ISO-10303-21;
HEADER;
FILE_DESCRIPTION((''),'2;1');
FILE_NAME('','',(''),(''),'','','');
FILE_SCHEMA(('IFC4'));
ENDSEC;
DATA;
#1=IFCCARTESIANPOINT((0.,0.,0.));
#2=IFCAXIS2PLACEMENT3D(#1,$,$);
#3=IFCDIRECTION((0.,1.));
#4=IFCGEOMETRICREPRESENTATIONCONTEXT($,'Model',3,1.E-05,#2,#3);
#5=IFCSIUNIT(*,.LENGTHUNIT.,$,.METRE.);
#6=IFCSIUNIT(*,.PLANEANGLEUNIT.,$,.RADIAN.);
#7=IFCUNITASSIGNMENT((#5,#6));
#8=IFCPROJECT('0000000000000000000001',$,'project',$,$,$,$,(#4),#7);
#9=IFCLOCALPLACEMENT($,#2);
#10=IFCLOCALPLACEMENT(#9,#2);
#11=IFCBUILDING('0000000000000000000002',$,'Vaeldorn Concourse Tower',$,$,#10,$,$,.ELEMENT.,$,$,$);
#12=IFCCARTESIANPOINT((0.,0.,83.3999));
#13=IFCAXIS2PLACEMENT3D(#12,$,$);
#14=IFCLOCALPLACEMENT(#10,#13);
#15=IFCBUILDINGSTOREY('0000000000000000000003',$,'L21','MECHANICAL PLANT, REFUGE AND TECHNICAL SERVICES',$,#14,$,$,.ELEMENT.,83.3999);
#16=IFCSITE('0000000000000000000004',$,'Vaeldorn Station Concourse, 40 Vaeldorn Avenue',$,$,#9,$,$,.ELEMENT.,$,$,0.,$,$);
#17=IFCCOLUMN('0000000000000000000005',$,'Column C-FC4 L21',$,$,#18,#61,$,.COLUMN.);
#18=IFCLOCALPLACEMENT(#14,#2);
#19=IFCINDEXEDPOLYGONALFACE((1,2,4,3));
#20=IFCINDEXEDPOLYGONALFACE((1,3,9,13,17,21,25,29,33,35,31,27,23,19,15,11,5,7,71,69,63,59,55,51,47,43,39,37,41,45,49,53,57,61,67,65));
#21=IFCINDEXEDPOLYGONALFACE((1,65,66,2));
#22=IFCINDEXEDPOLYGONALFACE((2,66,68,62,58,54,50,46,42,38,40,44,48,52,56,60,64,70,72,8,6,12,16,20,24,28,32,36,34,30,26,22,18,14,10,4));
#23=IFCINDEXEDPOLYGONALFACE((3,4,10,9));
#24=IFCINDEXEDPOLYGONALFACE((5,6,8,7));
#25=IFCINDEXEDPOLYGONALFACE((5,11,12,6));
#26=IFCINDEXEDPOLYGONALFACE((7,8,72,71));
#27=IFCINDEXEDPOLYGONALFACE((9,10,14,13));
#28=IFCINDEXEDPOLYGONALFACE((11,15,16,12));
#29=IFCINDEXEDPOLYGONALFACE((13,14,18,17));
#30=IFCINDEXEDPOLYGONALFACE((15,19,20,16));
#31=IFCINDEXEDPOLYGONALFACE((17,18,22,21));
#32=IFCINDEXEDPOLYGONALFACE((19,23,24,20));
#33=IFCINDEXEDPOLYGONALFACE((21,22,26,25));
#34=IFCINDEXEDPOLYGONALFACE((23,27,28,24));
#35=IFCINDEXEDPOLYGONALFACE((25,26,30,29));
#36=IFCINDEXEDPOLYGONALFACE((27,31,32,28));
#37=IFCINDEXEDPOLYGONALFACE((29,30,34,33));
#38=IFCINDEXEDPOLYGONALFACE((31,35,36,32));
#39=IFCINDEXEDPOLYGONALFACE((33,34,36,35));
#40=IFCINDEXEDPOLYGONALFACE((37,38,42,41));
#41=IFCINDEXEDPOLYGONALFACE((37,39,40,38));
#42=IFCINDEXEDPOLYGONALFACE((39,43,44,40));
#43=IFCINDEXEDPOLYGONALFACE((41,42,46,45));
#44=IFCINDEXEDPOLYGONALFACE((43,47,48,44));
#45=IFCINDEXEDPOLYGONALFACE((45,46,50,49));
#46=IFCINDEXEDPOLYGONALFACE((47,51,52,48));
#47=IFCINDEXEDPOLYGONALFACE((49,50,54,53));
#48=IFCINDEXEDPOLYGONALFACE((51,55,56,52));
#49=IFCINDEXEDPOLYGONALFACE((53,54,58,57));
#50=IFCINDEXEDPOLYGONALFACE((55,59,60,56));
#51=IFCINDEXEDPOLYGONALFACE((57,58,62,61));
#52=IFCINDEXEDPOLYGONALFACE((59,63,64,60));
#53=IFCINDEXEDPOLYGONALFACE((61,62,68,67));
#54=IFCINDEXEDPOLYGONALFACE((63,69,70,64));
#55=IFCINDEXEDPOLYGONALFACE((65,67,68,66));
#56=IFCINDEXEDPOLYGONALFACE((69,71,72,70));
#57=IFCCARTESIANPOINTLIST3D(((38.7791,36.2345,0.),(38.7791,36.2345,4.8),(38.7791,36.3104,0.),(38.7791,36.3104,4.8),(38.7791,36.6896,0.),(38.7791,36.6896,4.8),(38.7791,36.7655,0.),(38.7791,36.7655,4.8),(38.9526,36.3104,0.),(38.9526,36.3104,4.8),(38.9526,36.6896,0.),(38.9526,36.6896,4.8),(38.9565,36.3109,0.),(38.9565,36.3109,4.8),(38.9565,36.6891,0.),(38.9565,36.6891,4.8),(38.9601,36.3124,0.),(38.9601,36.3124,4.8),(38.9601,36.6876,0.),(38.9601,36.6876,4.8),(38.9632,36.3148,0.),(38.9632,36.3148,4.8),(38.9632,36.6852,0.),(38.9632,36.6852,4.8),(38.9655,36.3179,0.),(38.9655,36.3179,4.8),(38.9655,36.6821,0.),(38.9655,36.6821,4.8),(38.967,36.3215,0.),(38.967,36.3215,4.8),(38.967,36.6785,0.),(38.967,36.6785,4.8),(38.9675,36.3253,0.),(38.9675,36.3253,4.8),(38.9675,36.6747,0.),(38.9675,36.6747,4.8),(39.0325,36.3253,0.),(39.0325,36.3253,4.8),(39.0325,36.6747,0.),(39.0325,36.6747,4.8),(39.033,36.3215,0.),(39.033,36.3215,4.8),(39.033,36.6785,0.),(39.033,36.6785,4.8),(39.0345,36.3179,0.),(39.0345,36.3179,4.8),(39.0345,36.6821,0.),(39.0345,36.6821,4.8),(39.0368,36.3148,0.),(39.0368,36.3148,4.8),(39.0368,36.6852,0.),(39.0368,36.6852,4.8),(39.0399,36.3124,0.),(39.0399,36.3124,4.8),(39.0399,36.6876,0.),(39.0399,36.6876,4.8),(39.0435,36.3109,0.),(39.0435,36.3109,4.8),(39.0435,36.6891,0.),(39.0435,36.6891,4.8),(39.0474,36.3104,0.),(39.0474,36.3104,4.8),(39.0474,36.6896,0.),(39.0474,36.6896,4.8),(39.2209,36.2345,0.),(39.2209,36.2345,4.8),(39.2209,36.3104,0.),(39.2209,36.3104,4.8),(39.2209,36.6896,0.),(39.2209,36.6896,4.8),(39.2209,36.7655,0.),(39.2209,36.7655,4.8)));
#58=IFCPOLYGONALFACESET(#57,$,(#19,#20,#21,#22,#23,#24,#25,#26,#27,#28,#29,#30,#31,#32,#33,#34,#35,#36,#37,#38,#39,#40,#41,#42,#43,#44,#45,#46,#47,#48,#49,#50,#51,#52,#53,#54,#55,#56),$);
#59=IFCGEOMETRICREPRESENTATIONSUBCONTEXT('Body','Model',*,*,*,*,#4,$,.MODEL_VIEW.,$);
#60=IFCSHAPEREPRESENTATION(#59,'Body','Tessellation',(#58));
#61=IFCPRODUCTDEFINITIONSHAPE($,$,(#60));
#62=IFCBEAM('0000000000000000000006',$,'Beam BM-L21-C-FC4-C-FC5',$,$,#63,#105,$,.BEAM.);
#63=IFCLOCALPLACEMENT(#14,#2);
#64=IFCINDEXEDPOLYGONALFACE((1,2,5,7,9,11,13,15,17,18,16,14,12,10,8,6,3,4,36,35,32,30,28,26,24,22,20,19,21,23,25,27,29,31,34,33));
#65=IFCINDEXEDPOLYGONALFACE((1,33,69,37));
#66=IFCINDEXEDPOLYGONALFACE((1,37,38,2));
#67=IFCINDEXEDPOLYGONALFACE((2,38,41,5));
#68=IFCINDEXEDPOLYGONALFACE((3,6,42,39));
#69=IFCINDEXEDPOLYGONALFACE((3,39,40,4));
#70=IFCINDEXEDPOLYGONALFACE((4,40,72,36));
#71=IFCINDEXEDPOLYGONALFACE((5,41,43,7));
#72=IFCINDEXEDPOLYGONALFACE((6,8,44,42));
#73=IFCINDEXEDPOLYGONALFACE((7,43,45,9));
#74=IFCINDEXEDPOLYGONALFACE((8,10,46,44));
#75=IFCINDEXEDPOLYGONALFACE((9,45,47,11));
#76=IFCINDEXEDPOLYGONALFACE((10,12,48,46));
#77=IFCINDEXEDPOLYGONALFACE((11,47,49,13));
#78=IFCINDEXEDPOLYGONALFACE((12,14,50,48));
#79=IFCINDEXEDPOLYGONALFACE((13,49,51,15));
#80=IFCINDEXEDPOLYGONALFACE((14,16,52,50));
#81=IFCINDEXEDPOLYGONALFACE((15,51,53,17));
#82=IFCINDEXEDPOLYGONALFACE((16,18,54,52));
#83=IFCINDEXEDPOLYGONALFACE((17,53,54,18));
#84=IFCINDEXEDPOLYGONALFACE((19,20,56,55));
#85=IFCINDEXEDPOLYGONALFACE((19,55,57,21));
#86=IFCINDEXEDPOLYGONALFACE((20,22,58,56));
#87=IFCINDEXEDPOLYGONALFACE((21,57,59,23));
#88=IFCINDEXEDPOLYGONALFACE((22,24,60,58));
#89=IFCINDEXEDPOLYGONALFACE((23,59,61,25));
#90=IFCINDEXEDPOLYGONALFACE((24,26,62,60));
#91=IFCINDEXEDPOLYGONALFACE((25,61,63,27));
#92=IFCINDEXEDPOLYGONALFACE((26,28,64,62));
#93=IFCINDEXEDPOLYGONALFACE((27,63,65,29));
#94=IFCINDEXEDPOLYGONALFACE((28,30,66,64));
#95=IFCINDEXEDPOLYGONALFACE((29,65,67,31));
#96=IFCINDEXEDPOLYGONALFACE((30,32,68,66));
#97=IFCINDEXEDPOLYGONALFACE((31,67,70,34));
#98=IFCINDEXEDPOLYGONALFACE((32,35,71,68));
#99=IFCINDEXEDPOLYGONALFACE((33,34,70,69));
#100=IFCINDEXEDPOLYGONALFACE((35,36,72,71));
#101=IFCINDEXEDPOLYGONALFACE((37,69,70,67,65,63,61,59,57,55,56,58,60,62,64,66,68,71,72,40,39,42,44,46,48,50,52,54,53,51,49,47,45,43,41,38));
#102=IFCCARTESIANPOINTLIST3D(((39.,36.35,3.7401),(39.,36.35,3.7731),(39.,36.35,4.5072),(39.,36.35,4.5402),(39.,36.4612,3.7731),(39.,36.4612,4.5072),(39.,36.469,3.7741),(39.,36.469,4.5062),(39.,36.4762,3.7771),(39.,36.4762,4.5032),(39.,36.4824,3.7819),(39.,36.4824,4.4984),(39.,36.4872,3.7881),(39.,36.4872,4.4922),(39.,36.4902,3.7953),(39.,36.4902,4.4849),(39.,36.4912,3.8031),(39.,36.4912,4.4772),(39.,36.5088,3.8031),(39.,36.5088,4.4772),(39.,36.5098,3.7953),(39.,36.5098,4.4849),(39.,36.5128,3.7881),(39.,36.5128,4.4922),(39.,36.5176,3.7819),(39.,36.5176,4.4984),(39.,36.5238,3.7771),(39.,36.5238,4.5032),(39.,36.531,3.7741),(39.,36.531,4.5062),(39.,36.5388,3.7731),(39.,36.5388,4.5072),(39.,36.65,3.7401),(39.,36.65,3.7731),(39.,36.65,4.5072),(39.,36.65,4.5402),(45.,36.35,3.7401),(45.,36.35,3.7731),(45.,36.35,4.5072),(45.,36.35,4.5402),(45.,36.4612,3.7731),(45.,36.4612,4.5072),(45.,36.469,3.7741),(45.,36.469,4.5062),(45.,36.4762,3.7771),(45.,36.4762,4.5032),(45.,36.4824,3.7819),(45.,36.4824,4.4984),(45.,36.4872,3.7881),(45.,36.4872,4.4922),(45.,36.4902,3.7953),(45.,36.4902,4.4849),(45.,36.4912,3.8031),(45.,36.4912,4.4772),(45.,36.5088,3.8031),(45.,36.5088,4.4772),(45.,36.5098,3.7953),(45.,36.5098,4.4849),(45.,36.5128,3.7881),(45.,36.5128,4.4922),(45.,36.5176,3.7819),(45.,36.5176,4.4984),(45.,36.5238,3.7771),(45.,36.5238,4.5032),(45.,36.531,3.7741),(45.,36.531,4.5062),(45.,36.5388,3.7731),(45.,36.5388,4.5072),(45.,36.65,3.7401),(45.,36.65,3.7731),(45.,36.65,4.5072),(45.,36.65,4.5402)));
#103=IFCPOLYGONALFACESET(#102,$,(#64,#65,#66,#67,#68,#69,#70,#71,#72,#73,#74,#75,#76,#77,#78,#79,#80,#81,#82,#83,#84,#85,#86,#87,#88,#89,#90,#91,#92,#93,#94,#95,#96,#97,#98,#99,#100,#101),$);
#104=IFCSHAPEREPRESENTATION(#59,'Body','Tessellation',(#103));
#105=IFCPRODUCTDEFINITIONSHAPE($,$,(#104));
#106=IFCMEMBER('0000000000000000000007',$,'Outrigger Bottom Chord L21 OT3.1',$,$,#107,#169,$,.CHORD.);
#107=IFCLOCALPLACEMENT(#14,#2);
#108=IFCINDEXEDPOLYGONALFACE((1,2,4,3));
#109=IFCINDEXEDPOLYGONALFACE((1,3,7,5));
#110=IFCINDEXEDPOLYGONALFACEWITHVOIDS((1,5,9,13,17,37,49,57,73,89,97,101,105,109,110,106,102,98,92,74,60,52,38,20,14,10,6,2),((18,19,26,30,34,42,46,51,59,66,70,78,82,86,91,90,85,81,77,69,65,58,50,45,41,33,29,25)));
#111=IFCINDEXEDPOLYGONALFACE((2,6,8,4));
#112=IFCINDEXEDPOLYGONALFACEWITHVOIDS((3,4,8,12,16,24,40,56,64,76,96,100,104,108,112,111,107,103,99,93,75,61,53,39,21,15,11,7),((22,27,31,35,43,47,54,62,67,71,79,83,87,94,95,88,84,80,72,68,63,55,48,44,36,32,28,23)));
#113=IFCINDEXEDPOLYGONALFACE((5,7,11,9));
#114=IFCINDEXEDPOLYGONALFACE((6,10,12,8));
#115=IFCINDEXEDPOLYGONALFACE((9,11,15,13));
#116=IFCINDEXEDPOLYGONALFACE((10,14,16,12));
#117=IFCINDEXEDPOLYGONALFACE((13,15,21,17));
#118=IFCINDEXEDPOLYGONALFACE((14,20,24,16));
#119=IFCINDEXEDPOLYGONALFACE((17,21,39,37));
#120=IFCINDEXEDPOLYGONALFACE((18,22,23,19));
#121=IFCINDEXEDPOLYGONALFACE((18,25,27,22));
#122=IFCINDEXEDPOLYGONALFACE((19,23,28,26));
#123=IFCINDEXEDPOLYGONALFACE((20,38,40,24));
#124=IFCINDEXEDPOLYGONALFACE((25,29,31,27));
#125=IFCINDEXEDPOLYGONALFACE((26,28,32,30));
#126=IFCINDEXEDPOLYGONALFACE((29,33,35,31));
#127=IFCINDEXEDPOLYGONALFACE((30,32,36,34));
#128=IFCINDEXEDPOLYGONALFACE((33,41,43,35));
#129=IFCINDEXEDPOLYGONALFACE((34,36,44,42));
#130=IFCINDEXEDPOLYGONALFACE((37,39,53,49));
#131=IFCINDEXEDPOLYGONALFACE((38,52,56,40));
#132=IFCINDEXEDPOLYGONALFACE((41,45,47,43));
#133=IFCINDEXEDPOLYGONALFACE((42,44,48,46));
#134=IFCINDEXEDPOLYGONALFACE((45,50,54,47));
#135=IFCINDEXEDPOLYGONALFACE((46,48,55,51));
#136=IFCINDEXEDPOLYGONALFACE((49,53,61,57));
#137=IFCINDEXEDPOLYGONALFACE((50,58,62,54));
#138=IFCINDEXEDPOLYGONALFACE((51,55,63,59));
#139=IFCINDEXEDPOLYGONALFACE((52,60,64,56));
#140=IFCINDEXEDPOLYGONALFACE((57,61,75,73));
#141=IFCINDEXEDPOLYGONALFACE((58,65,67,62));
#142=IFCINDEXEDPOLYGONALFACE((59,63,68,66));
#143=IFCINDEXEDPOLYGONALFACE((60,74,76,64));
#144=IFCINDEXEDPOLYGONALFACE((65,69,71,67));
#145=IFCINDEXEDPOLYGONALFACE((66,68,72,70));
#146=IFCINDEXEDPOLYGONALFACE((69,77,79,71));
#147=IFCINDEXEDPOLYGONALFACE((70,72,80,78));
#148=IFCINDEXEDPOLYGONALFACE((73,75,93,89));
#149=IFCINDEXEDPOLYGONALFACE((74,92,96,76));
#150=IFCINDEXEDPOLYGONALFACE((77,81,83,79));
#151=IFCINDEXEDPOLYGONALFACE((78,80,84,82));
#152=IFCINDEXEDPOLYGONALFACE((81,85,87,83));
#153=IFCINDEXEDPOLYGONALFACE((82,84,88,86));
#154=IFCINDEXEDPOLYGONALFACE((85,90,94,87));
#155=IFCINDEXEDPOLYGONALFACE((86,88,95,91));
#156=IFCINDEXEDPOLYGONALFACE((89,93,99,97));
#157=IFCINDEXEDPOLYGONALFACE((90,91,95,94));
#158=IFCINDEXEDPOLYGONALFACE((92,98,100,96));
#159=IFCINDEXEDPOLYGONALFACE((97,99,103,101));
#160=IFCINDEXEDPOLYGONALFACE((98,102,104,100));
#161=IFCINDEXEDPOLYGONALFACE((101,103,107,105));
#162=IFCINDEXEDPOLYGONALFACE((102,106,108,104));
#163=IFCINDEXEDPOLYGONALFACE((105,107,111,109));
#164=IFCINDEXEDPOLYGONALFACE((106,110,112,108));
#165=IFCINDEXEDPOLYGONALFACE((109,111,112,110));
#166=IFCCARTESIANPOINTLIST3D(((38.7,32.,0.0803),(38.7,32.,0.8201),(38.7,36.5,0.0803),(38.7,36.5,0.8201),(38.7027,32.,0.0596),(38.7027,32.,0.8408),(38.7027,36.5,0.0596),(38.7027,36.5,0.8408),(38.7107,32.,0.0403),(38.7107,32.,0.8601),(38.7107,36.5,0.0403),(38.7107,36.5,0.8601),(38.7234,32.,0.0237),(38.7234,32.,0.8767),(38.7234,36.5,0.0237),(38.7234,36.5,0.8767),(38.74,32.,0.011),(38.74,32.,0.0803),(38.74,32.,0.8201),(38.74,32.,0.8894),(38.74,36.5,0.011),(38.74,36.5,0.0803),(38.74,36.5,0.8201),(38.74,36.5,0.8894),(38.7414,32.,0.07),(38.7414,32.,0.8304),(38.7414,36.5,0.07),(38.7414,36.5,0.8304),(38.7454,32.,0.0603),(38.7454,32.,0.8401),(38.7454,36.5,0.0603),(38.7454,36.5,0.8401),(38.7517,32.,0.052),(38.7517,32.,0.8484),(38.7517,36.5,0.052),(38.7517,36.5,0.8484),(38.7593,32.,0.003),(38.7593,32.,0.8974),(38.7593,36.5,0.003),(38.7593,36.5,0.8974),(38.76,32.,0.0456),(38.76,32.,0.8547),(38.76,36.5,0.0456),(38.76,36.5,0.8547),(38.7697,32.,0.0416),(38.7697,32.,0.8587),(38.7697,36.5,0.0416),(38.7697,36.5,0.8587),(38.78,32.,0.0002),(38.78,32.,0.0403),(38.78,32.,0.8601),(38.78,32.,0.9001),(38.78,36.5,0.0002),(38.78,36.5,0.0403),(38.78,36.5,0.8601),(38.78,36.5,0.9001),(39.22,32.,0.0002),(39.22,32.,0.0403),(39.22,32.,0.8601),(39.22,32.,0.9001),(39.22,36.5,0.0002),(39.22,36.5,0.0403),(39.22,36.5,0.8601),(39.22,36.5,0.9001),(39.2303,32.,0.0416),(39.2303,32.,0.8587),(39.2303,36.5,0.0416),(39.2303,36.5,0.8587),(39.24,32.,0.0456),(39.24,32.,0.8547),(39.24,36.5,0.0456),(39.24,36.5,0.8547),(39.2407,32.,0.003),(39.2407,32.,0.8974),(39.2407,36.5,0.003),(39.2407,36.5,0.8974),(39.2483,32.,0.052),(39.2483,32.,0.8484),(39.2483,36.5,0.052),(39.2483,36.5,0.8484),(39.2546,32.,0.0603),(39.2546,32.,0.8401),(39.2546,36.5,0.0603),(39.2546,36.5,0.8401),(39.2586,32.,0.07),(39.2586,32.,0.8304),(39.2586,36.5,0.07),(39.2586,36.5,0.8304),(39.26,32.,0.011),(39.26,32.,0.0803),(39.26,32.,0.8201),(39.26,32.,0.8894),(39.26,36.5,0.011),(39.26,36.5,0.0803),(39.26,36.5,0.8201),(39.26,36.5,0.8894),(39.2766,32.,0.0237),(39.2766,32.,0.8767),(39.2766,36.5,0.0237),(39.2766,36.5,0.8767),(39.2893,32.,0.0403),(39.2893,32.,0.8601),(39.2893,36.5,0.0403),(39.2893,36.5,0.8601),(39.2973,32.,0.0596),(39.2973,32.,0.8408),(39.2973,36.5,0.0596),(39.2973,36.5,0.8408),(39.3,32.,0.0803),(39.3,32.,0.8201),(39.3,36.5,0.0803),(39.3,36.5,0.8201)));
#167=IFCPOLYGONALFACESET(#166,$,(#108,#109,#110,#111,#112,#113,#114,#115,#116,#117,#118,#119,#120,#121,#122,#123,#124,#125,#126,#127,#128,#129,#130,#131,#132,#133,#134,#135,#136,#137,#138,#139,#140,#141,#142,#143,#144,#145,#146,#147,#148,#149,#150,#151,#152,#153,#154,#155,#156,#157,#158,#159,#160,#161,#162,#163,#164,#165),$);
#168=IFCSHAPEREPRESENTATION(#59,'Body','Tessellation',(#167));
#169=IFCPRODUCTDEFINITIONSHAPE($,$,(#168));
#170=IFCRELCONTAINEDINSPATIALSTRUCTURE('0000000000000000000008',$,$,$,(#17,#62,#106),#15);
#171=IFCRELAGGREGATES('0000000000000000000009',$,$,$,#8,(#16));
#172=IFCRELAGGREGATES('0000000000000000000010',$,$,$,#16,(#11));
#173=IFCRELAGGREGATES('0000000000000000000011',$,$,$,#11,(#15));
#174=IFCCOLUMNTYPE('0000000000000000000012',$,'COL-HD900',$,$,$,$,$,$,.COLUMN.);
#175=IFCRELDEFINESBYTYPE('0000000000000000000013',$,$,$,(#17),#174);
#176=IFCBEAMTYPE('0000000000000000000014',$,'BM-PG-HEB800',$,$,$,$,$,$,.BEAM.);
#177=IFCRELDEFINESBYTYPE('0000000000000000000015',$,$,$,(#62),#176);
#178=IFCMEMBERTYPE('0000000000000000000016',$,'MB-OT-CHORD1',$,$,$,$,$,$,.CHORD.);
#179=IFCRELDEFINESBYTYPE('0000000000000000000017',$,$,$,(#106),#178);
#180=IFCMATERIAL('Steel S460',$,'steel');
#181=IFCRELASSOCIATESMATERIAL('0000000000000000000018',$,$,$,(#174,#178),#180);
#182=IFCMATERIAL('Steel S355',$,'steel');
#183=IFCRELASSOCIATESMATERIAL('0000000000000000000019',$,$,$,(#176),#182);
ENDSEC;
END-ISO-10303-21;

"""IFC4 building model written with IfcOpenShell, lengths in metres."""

from ifc_helpers import new_model, si_unit, direction, frame, origin, origin_2d, place, context, subcontext, project, spatial, hollow_rectangle, i_section, extrude, source, transform, mapped, material, material_profile, profile_set, type_object, element, save


model = new_model("IFC4")

# Units and contexts
model_context = context("Model", 3, precision=1e-05, world=origin(), true_north=direction((0.0, 1.0)))
body_context = subcontext(model_context, "Body", "Model", "MODEL_VIEW")
ifc_project = project(units=[si_unit("LENGTHUNIT", "METRE"), si_unit("PLANEANGLEUNIT", "RADIAN")], contexts=[model_context])

# Site, building, storey
site_placement = place(None, origin())
site = spatial("IfcSite", under=ifc_project, at=site_placement, Name="Vaeldorn Station Concourse, 40 Vaeldorn Avenue", CompositionType="ELEMENT", RefElevation=0.0)
building_placement = place(site_placement, origin())
building = spatial("IfcBuilding", under=site, at=building_placement, Name="Vaeldorn Concourse Tower", CompositionType="ELEMENT")
storey_placement = place(building_placement, frame((0.0, 0.0, 83.3999)))
storey = spatial("IfcBuildingStorey", under=building, at=storey_placement, Name="L21", Description="MECHANICAL PLANT, REFUGE AND TECHNICAL SERVICES", CompositionType="ELEMENT", Elevation=83.3999)

# Column
ifc_material_1 = material(Name="Steel S460", Category="steel")
ifc_material_profile_1 = material_profile(ifc_material_1, i_section(OverallWidth=0.4419, OverallDepth=0.531, WebThickness=0.0649, FlangeThickness=0.0759, FilletRadius=0.0149, at=origin_2d()), Name="HD 400x900")
ifc_profile_set_1 = profile_set([ifc_material_profile_1], Name="Steel S460")
column_type = type_object("IfcColumnType", Name="COL-HD900", PredefinedType="COLUMN", material=ifc_profile_set_1)
shared_shape_1 = source(origin(), body_context, "Body", "SweptSolid", [
    extrude(i_section(OverallWidth=0.4419, OverallDepth=0.531, WebThickness=0.0649, FlangeThickness=0.0759, FilletRadius=0.0149, at=origin_2d()), origin(), (0.0, 0.0, 1.0), 4.8),
])
column_placement = place(storey_placement, frame((39.0, 36.5, 0.0), z_axis=(0.0, 0.0, 1.0), x_axis=(1.0, 0.0, 0.0)))
element("IfcColumn", 1, at=column_placement, inside=storey, type_object=column_type, Name="Column C-FC4 L21", PredefinedType="COLUMN", context=body_context, shape_type="MappedRepresentation", body=[
    mapped(shared_shape_1, transform((0.0, 0.0, 0.0), scale=1.0)),
])

# Beam
ifc_material_2 = material(Name="Steel S355", Category="steel")
ifc_material_profile_2 = material_profile(ifc_material_2, i_section(OverallWidth=0.3, OverallDepth=0.8, WebThickness=0.0176, FlangeThickness=0.033, FilletRadius=0.03, at=origin_2d()), Name="HEB 800")
ifc_profile_set_2 = profile_set([ifc_material_profile_2], Name="Steel S355")
beam_type = type_object("IfcBeamType", Name="BM-PG-HEB800", PredefinedType="BEAM", material=ifc_profile_set_2)
shared_shape_2 = source(origin(), body_context, "Body", "SweptSolid", [
    extrude(i_section(OverallWidth=0.3, OverallDepth=0.8, WebThickness=0.0176, FlangeThickness=0.033, FilletRadius=0.03, at=origin_2d()), origin(), (0.0, 0.0, 1.0), 6.0),
])
beam_placement = place(storey_placement, frame((39.0, 36.5, 4.1401), z_axis=(1.0, 0.0, 0.0), x_axis=(0.0, 1.0, 0.0)))
element("IfcBeam", 2, at=beam_placement, inside=storey, type_object=beam_type, Name="Beam BM-L21-C-FC4-C-FC5", PredefinedType="BEAM", context=body_context, shape_type="MappedRepresentation", body=[
    mapped(shared_shape_2, transform((0.0, 0.0, 0.0), scale=1.0)),
])

# Member
ifc_material_profile_3 = material_profile(ifc_material_1, hollow_rectangle(XDim=0.6001, YDim=0.8999, WallThickness=0.04, InnerFilletRadius=0.04, OuterFilletRadius=0.0801, at=origin_2d()), Name="RHS 900x600x40")
ifc_profile_set_3 = profile_set([ifc_material_profile_3], Name="Steel S460")
member_type_1 = type_object("IfcMemberType", Name="MB-OT-CHORD1", PredefinedType="CHORD", material=ifc_profile_set_3)
shared_shape_3 = source(origin(), body_context, "Body", "SweptSolid", [
    extrude(hollow_rectangle(XDim=0.6001, YDim=0.8999, WallThickness=0.04, InnerFilletRadius=0.04, OuterFilletRadius=0.0801, at=origin_2d()), origin(), (0.0, 0.0, 1.0), 4.5),
])
member_1_placement = place(storey_placement, frame((39.0, 36.5, 0.4502), z_axis=(0.0, -1.0, 0.0), x_axis=(1.0, 0.0, 0.0)))
element("IfcMember", 3, at=member_1_placement, inside=storey, type_object=member_type_1, Name="Outrigger Bottom Chord L21 OT3.1", PredefinedType="CHORD", context=body_context, shape_type="MappedRepresentation", body=[
    mapped(shared_shape_3, transform((0.0, 0.0, 0.0), scale=1.0)),
])

save(model, "model.ifc")
